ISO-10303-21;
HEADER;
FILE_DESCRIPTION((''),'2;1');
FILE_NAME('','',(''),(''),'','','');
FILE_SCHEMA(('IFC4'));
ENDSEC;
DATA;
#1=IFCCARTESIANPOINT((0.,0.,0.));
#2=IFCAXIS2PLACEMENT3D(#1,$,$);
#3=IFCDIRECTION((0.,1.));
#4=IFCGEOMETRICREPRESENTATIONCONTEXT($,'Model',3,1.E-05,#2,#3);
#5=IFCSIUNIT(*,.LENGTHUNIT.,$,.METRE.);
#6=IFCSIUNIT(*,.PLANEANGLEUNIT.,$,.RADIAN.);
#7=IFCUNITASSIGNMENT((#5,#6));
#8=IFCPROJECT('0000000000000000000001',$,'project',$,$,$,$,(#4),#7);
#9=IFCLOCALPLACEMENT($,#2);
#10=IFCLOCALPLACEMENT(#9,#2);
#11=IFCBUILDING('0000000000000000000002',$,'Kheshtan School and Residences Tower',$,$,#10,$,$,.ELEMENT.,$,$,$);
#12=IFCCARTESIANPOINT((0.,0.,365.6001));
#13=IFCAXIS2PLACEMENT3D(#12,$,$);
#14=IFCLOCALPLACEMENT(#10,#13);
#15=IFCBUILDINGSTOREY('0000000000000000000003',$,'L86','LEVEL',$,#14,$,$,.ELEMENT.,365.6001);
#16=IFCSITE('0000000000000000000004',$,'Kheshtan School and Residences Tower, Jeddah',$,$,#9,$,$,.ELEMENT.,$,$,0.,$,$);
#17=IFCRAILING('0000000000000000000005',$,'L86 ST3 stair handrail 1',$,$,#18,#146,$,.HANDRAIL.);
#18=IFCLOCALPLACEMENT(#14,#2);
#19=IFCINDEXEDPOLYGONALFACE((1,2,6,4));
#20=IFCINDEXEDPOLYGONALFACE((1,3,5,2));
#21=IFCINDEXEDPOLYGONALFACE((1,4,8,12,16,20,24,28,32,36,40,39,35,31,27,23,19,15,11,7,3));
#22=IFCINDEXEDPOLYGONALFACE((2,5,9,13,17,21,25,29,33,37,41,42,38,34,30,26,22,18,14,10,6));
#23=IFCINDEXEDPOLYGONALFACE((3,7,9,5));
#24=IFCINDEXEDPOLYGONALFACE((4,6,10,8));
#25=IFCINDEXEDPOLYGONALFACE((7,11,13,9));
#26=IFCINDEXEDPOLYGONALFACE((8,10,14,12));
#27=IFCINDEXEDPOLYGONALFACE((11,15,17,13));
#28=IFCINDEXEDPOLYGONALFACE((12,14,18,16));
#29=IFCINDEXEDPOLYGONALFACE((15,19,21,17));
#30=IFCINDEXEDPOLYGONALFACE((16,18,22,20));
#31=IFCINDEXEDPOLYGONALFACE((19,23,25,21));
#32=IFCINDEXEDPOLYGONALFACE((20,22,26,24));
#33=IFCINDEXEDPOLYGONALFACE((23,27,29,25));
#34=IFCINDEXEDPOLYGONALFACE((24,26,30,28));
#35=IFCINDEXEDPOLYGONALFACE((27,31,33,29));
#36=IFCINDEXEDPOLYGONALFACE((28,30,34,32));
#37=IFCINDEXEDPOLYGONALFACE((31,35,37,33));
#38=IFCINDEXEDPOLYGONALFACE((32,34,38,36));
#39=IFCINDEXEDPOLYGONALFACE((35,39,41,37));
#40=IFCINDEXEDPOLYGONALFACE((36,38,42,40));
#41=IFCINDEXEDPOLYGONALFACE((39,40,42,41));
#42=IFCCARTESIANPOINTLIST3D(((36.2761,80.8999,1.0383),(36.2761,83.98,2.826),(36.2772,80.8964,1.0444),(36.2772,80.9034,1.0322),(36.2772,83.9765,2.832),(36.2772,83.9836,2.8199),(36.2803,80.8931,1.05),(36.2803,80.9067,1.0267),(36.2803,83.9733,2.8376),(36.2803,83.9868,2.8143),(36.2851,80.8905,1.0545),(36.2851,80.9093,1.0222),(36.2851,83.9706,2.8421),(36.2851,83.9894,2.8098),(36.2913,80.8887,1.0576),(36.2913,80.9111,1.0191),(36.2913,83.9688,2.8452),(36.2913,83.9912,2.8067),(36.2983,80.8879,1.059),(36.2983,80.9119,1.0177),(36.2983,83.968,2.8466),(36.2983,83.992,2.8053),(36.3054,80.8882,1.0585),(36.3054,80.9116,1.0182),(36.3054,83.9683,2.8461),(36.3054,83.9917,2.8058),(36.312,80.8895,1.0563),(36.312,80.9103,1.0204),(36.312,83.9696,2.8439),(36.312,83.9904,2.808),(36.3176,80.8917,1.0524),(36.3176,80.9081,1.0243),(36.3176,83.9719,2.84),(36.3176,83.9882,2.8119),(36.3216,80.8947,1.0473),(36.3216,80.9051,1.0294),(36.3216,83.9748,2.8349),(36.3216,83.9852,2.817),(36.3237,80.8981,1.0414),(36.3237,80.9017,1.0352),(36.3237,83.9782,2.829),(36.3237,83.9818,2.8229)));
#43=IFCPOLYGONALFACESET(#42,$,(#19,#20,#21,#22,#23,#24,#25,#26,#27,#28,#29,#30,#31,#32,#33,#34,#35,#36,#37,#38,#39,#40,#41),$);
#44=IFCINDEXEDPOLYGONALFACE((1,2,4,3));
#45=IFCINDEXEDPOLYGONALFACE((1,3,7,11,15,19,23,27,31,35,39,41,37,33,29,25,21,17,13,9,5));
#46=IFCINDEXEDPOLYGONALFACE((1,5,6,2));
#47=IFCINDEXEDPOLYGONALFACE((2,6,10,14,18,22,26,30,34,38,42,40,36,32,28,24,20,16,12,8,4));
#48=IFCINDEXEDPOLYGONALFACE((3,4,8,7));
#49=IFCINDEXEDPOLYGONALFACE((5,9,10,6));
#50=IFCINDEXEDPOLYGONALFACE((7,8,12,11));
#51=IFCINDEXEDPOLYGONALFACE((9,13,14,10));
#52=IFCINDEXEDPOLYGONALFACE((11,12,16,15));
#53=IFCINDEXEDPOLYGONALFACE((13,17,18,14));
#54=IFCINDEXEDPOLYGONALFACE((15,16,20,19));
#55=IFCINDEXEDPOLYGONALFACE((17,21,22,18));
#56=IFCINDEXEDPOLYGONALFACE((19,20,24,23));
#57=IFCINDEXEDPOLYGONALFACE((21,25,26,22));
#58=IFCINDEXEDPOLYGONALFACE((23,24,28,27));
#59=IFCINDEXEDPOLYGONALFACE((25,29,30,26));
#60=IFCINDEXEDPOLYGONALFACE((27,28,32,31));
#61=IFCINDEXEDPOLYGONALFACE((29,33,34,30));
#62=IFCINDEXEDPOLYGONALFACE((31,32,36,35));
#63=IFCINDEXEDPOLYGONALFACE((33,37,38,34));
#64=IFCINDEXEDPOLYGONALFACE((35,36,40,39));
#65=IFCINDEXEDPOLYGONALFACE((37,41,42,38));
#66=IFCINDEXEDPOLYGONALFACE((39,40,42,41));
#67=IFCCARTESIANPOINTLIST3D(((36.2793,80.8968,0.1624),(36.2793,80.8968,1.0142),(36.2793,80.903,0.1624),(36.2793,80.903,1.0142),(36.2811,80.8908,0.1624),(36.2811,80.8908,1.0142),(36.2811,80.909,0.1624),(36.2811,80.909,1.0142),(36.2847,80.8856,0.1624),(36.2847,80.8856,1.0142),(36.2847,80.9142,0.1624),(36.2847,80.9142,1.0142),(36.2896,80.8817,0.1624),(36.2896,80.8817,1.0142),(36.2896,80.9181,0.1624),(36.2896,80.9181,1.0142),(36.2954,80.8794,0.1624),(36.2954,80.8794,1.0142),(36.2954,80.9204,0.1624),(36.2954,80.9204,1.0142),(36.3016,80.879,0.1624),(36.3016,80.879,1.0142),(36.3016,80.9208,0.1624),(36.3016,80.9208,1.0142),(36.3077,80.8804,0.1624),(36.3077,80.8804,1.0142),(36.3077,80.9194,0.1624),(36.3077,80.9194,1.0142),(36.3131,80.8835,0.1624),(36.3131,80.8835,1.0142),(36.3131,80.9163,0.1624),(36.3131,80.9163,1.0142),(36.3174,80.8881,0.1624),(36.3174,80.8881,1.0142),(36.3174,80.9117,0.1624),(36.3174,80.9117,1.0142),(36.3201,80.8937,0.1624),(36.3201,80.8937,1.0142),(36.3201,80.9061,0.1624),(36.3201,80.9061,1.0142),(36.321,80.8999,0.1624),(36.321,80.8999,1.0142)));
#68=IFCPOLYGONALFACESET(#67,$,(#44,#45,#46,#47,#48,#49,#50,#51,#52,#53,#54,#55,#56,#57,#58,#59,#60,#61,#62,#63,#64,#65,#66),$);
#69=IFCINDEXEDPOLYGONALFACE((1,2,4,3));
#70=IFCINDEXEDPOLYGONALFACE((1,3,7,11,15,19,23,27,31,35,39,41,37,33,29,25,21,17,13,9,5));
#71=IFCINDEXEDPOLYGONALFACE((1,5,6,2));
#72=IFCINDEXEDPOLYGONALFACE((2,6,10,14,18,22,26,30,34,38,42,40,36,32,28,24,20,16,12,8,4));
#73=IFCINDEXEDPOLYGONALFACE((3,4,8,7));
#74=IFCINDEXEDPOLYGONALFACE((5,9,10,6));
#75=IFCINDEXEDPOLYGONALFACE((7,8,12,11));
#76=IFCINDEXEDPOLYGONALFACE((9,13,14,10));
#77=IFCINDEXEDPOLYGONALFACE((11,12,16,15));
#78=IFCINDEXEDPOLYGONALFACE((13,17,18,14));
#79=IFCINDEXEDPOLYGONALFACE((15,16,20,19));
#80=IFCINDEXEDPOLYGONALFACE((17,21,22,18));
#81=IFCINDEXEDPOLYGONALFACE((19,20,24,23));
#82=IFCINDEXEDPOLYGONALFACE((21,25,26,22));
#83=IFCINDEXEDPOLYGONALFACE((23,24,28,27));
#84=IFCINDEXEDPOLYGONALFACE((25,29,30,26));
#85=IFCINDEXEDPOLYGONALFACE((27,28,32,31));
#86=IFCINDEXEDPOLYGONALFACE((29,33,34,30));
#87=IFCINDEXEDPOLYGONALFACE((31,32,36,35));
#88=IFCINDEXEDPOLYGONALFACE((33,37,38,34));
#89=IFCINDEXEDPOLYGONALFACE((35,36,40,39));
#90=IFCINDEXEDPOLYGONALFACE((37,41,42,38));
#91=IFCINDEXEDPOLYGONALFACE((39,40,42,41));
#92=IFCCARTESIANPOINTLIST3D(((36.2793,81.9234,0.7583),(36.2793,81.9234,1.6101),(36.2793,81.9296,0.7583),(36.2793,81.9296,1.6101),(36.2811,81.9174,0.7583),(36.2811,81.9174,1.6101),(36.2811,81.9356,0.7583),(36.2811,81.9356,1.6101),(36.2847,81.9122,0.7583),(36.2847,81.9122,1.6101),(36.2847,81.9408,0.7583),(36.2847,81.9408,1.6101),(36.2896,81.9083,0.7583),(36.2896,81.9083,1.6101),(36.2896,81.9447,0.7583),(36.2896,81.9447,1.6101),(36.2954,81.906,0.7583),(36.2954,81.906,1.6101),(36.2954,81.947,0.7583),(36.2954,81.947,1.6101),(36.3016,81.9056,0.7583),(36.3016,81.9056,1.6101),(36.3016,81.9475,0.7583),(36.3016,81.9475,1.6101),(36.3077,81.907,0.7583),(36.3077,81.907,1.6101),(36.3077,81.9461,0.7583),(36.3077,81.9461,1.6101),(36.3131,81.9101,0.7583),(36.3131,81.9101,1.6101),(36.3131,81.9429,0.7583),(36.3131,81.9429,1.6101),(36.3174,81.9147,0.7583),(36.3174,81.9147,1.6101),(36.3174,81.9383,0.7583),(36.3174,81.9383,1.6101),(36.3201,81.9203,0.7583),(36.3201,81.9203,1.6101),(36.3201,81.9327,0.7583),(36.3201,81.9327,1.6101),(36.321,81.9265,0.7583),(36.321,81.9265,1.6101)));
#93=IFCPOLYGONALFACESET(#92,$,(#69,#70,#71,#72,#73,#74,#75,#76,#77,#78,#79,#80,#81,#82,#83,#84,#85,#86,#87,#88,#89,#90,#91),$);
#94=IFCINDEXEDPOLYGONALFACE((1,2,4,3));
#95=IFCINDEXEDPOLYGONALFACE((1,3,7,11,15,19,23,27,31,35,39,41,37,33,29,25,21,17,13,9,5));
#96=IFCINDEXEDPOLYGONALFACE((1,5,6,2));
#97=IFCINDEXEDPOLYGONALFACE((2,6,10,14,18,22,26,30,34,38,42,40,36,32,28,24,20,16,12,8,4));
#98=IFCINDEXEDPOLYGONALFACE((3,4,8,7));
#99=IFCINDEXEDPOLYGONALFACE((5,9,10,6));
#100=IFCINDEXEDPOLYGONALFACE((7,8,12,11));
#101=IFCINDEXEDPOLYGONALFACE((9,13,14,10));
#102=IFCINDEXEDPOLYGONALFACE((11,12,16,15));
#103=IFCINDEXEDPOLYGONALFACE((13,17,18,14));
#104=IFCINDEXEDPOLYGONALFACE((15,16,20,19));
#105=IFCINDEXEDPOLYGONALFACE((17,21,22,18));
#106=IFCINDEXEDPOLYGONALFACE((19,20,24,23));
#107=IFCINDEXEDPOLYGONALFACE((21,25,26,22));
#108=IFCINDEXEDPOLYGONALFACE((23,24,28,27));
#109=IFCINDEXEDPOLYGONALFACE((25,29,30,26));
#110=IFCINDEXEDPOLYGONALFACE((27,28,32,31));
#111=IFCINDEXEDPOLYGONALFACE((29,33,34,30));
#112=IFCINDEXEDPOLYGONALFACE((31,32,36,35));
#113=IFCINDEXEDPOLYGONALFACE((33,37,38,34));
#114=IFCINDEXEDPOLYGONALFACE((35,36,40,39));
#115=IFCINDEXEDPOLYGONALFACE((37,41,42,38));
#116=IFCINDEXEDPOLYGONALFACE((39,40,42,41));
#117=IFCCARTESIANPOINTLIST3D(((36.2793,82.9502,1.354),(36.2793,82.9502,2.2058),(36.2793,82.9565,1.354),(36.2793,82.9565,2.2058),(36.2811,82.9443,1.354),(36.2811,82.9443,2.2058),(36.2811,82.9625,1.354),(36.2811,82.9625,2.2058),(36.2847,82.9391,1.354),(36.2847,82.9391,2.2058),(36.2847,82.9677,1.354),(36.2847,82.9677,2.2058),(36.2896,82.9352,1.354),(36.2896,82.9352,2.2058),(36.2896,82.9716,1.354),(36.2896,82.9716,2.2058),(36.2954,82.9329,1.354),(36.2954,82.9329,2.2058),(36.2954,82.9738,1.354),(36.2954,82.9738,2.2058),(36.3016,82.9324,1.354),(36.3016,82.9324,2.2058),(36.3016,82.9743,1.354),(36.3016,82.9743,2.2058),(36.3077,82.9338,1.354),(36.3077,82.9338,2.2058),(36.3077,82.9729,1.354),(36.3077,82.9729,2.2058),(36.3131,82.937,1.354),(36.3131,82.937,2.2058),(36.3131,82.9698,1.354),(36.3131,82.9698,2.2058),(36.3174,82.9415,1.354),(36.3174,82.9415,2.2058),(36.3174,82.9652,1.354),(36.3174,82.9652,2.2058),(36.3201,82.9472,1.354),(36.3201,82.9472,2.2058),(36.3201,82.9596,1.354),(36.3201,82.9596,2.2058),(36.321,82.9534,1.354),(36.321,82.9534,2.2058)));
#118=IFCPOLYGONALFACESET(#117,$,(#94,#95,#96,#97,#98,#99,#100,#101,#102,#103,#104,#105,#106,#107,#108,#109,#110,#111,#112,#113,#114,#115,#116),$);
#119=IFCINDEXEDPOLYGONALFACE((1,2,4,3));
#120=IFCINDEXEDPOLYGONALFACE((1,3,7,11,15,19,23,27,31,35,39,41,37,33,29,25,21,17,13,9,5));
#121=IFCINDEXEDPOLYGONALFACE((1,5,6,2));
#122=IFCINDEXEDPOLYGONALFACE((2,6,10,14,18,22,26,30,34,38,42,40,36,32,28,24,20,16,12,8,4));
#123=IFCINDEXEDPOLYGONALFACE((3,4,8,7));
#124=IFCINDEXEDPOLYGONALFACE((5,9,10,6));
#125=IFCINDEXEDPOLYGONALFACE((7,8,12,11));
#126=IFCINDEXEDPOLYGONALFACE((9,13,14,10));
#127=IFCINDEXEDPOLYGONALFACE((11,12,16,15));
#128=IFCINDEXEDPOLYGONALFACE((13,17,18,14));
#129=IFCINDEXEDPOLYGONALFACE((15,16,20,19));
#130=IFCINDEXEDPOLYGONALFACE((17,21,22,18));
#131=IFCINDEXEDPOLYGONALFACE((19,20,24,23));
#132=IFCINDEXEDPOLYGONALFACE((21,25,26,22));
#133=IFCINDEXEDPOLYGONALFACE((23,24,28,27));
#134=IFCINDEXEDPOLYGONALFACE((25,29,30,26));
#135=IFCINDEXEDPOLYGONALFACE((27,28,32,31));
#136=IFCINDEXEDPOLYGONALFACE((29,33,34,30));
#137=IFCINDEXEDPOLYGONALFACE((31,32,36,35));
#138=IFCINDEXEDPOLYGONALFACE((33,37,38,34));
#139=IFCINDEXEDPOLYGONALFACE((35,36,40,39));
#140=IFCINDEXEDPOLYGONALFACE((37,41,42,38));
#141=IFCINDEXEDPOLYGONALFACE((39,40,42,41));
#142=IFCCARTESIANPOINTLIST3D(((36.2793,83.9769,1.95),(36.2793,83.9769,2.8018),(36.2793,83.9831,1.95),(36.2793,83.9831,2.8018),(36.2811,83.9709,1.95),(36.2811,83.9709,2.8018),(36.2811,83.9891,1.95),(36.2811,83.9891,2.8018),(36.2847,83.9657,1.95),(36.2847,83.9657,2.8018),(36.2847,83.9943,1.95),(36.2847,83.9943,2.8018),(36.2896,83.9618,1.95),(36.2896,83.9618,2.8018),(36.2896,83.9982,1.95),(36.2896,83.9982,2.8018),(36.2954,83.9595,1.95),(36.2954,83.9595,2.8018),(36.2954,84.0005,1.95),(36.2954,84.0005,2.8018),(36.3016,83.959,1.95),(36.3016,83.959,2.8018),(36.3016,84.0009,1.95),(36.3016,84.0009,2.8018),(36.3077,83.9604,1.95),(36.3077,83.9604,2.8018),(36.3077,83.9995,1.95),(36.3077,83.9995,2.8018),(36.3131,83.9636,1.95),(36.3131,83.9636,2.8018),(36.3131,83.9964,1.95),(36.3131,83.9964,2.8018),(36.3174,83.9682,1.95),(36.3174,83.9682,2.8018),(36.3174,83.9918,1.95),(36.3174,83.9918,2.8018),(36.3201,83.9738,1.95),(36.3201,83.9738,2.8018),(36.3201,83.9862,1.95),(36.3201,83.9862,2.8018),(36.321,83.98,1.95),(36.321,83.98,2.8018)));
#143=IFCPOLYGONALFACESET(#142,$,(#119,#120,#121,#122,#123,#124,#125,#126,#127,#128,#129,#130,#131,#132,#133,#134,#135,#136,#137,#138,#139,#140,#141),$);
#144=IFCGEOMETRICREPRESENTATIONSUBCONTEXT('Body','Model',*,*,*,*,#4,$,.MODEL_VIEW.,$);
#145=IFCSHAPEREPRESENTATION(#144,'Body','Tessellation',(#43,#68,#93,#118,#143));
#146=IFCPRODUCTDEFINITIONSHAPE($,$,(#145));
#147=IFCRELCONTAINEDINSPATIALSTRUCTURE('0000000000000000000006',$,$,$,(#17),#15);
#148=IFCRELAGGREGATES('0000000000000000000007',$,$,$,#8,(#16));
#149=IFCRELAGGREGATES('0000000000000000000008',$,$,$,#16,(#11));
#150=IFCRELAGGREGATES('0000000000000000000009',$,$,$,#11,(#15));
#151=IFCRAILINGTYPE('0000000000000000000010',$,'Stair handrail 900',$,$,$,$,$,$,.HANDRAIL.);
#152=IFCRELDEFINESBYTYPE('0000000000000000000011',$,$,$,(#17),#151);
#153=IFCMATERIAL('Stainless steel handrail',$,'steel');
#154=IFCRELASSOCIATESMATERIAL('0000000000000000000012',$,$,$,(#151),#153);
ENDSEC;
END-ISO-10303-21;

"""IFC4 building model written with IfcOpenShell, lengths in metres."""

from ifc_helpers import new_model, si_unit, direction, frame, origin, origin_2d, place, context, subcontext, project, spatial, circle, extrude, material, type_object, element, save


model = new_model("IFC4")

# Units and contexts
model_context = context("Model", 3, precision=1e-05, world=origin(), true_north=direction((0.0, 1.0)))
body_context = subcontext(model_context, "Body", "Model", "MODEL_VIEW")
ifc_project = project(units=[si_unit("LENGTHUNIT", "METRE"), si_unit("PLANEANGLEUNIT", "RADIAN")], contexts=[model_context])

# Site, building, storey
site_placement = place(None, origin())
site = spatial("IfcSite", under=ifc_project, at=site_placement, Name="Kheshtan School and Residences Tower, Jeddah", CompositionType="ELEMENT", RefElevation=0.0)
building_placement = place(site_placement, origin())
building = spatial("IfcBuilding", under=site, at=building_placement, Name="Kheshtan School and Residences Tower", CompositionType="ELEMENT")
storey_placement = place(building_placement, frame((0.0, 0.0, 365.6001)))
storey = spatial("IfcBuildingStorey", under=building, at=storey_placement, Name="L86", Description="LEVEL", CompositionType="ELEMENT", Elevation=365.6001)

# Railing
ifc_material_1 = material(Name="Stainless steel handrail", Category="steel")
railing_type_1 = type_object("IfcRailingType", Name="Stair handrail 900", PredefinedType="HANDRAIL", material=ifc_material_1)
railing_1_placement = place(storey_placement, frame((36.3, 80.8999, 0.1624)))
element("IfcRailing", 1, at=railing_1_placement, inside=storey, type_object=railing_type_1, Name="L86 ST3 stair handrail 1", PredefinedType="HANDRAIL", context=body_context, shape_type="SweptSolid", body=[
    extrude(circle(Radius=0.0239, at=origin_2d()), frame((0.0, 0.0, 0.876), z_axis=(0.0, 0.864891, 0.50196), x_axis=(-1.0, 0.0, 0.0)), (0.0, 0.0, 1.0), 3.5613),
    extrude(circle(Radius=0.021, at=origin_2d()), origin(), (0.0, 0.0, 1.0), 0.8518),
    extrude(circle(Radius=0.021, at=origin_2d()), frame((0.0, 1.0266, 0.5959)), (0.0, 0.0, 1.0), 0.8518),
    extrude(circle(Radius=0.021, at=origin_2d()), frame((0.0, 2.0535, 1.1917)), (0.0, 0.0, 1.0), 0.8518),
    extrude(circle(Radius=0.021, at=origin_2d()), frame((0.0, 3.0801, 1.7876)), (0.0, 0.0, 1.0), 0.8518),
])

save(model, "model.ifc")
